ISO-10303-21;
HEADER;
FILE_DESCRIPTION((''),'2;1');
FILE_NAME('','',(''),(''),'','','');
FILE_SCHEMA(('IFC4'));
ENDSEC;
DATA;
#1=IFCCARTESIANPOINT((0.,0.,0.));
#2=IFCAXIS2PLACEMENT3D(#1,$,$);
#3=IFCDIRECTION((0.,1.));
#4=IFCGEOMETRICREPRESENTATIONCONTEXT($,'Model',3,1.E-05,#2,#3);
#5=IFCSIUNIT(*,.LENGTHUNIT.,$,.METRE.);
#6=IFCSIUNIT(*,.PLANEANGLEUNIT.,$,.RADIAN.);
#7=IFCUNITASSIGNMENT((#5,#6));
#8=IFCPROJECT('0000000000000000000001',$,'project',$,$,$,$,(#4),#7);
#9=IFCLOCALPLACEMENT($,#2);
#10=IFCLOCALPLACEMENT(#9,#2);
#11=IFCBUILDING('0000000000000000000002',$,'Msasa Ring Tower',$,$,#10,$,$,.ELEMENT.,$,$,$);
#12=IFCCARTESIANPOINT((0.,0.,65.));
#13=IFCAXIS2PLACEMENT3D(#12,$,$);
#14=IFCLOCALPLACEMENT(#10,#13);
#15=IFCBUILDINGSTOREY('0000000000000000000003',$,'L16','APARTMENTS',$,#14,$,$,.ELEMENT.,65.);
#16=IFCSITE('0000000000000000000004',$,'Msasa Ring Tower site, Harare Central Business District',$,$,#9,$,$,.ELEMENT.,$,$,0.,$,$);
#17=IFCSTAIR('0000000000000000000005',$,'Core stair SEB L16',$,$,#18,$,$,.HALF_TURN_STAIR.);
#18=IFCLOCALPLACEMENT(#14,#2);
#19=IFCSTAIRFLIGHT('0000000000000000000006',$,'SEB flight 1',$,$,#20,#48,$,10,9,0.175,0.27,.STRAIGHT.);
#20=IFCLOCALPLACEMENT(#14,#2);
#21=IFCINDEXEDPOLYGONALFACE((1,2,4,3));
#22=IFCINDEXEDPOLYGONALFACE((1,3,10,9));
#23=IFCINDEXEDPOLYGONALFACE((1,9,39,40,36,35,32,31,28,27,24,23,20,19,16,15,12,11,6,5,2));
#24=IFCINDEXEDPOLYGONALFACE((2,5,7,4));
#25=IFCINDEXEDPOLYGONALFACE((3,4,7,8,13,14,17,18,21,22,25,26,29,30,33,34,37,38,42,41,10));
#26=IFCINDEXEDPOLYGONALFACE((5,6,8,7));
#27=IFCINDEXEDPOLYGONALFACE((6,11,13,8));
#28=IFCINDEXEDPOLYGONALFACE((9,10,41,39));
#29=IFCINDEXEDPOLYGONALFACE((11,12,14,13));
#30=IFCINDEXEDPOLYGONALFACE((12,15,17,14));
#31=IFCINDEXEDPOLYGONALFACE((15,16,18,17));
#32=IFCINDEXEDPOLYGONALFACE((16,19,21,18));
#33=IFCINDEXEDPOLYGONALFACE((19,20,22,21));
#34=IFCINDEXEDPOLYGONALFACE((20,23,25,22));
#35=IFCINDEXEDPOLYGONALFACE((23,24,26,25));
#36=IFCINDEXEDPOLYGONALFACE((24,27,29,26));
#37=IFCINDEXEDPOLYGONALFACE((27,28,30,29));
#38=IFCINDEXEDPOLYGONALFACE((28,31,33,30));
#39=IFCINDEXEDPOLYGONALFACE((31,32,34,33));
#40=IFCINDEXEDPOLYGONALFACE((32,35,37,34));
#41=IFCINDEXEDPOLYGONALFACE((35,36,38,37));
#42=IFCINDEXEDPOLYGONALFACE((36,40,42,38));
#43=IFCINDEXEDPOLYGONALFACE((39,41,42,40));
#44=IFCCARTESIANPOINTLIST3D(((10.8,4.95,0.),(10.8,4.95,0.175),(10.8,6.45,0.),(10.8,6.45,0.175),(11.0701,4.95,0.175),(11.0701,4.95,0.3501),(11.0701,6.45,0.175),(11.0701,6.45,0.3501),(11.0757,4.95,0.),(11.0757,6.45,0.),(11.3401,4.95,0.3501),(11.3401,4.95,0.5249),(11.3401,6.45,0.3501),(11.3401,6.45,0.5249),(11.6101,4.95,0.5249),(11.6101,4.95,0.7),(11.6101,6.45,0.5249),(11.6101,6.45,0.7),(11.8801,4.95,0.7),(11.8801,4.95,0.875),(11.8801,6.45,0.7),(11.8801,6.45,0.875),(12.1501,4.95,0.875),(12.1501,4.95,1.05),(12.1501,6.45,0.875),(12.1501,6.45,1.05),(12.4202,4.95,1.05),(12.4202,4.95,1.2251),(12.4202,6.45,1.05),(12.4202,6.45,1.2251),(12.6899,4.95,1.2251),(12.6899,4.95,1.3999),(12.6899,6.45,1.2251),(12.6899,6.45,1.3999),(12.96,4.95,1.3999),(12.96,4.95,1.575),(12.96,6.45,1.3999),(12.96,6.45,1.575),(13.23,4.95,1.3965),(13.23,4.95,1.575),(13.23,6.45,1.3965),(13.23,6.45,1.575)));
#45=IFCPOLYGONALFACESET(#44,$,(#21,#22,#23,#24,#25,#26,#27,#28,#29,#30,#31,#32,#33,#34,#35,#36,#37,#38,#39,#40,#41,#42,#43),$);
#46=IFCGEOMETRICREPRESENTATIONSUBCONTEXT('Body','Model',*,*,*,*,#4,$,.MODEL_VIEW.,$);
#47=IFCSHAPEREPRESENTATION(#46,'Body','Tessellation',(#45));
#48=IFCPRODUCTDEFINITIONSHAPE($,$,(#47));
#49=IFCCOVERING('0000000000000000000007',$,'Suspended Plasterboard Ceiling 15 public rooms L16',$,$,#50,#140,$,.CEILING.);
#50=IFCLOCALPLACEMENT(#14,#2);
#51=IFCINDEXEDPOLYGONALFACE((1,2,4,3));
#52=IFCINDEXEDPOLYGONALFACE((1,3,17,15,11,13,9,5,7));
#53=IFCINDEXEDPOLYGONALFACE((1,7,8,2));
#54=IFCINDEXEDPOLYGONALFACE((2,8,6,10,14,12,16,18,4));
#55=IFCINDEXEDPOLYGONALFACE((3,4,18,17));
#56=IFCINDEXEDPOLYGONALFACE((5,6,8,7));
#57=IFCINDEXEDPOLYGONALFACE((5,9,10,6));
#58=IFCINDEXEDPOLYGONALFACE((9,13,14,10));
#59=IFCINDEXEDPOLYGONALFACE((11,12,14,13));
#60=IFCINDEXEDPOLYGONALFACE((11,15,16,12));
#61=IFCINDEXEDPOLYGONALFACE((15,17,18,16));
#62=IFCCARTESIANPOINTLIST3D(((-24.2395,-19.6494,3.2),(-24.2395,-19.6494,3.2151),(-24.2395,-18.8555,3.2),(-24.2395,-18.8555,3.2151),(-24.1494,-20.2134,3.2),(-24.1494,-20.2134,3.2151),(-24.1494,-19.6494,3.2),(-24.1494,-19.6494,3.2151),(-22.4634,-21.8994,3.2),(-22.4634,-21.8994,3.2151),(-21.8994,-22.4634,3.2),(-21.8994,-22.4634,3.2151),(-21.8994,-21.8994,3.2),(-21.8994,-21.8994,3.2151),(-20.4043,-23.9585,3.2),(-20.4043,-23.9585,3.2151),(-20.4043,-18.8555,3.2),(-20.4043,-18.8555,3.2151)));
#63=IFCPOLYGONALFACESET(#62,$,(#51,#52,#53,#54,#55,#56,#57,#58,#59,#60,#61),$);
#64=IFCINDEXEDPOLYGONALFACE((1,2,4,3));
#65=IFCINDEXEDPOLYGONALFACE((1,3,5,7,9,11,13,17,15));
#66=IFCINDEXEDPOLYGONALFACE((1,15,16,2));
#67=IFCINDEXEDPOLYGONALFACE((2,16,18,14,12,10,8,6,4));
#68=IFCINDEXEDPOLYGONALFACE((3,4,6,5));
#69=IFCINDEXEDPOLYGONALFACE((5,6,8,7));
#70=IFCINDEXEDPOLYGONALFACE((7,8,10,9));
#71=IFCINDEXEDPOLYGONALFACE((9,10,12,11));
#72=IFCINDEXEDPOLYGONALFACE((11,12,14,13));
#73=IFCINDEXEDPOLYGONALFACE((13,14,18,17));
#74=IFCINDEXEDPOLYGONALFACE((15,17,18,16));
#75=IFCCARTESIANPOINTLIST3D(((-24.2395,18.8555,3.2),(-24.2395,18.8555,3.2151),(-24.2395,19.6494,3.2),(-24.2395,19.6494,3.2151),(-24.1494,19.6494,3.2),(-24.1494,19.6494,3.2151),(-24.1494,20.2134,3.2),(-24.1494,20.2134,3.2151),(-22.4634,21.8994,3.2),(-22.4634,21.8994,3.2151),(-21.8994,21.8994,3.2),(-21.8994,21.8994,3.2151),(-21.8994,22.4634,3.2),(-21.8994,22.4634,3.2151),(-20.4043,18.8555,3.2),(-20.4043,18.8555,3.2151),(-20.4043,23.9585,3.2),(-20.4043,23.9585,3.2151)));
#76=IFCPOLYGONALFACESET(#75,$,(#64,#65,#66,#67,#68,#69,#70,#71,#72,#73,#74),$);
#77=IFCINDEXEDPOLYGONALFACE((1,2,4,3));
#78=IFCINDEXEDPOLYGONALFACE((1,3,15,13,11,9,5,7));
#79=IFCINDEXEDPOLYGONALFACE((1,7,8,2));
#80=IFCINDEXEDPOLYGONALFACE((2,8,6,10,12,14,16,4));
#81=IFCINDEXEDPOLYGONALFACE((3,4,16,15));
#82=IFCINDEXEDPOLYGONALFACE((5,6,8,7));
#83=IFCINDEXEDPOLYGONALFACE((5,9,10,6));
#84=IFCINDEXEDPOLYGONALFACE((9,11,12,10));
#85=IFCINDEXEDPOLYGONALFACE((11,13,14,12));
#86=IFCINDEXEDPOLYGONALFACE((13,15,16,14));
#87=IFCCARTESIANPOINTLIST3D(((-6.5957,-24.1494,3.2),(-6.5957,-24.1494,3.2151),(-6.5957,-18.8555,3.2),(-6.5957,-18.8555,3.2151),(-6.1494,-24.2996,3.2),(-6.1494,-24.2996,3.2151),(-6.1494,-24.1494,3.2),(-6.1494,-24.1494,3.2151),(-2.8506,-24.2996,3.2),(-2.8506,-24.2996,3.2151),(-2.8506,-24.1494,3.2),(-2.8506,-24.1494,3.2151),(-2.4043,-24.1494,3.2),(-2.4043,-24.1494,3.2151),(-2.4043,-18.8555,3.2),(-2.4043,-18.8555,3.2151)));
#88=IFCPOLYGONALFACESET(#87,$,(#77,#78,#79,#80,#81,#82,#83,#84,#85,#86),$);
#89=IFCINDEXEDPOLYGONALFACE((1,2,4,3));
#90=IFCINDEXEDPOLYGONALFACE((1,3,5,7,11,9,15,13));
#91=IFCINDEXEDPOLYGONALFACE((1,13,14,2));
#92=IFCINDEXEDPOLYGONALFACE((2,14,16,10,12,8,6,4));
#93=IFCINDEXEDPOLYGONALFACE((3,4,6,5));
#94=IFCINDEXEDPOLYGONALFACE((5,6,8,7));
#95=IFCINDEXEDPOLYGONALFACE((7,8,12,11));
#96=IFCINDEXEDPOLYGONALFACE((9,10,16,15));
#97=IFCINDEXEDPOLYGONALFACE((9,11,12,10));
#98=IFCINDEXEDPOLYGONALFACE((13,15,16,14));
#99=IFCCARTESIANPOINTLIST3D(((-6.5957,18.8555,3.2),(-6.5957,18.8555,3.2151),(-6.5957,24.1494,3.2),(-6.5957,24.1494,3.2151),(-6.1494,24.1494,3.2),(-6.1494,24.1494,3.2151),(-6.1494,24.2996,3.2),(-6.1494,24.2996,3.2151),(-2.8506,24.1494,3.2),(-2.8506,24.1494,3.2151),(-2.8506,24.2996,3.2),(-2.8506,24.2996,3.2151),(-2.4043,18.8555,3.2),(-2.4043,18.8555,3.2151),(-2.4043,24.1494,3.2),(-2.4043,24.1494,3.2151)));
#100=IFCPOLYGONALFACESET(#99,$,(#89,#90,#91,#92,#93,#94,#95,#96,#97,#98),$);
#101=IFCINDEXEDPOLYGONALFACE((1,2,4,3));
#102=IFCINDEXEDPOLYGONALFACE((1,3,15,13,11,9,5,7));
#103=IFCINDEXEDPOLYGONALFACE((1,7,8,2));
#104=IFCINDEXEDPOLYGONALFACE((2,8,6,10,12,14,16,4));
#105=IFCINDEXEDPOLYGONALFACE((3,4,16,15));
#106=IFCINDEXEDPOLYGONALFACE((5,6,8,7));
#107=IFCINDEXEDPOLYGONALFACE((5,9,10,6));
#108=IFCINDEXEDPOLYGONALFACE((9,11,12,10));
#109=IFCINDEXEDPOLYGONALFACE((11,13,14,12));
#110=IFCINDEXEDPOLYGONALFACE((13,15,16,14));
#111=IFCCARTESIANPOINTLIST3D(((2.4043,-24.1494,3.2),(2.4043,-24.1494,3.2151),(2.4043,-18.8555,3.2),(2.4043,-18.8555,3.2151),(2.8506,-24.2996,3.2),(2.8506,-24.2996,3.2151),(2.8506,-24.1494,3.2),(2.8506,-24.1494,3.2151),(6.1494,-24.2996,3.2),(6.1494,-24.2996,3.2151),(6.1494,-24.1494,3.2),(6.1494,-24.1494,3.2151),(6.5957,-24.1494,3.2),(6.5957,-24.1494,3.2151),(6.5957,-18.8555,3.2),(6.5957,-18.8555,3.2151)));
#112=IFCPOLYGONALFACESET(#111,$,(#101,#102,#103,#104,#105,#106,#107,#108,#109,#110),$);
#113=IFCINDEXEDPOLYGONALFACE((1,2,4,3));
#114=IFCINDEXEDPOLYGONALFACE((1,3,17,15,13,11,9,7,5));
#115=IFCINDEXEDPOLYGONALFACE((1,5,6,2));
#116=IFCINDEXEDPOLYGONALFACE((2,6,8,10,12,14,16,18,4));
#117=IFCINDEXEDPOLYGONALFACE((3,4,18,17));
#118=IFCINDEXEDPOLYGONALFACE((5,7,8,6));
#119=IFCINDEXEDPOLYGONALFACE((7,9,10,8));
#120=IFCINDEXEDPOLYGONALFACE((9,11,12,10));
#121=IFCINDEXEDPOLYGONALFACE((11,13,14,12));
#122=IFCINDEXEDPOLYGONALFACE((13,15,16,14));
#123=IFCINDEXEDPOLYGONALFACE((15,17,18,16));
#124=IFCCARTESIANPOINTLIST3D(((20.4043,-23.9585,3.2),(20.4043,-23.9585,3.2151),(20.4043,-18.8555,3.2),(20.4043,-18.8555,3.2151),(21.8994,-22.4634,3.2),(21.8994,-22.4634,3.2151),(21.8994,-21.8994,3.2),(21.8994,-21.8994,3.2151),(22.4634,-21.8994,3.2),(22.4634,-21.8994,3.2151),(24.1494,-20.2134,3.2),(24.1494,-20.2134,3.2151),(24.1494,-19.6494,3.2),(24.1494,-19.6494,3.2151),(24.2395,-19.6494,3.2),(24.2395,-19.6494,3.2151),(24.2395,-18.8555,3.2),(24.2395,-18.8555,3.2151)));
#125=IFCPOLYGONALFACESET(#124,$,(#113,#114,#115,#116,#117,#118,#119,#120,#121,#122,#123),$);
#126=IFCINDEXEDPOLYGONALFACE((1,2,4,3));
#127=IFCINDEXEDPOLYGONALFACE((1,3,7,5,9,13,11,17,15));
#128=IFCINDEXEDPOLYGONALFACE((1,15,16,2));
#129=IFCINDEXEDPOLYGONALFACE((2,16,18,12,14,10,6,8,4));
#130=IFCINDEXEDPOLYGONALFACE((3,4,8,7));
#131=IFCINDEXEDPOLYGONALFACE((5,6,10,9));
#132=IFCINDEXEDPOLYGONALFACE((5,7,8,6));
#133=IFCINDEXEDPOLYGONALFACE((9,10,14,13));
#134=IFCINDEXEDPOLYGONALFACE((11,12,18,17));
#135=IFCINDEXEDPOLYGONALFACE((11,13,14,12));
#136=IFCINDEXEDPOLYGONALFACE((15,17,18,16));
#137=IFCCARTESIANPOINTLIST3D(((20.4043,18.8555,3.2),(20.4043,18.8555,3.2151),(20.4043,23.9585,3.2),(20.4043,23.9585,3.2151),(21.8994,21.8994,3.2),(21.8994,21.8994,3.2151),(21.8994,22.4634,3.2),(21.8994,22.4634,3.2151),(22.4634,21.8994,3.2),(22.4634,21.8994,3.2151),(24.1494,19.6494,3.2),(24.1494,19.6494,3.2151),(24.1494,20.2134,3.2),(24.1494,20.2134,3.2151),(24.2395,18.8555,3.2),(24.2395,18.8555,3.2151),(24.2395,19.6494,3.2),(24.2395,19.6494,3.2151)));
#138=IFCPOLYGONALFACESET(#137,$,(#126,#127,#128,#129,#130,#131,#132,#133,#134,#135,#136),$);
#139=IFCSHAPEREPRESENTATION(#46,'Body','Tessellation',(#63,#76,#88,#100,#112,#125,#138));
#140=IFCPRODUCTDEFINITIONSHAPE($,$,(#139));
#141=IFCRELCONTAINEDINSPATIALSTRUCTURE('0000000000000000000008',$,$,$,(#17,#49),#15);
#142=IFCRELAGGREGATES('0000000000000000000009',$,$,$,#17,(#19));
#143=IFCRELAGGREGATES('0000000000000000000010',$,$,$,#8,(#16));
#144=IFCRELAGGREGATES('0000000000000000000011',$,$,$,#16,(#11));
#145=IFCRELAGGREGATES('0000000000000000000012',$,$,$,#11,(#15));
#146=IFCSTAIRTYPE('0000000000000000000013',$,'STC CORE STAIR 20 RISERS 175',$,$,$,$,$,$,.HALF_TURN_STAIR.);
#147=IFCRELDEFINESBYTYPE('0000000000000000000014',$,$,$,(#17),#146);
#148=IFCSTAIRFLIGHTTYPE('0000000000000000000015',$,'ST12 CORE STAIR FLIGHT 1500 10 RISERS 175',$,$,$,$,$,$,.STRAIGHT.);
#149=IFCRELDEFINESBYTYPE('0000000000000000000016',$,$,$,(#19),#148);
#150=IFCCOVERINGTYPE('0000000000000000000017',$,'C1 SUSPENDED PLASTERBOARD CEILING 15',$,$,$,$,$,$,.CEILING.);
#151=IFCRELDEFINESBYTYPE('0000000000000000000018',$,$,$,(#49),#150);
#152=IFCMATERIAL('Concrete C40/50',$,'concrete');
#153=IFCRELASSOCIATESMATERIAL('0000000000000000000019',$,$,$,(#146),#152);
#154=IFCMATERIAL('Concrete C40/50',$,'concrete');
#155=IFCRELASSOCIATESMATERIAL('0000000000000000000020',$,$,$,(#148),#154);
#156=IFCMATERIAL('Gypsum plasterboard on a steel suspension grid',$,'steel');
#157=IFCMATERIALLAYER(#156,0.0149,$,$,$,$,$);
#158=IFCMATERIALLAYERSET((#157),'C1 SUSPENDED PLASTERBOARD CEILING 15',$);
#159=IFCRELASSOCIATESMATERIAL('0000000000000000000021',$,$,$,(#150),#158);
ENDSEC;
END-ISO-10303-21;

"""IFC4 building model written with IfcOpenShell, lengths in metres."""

from ifc_helpers import new_model, si_unit, direction, frame, origin, place, context, subcontext, project, spatial, polyline, line, indexed_curve, outline, extrude, material, layer, layer_set, type_object, element, aggregate, save


model = new_model("IFC4")

# Units and contexts
model_context = context("Model", 3, precision=1e-05, world=origin(), true_north=direction((0.0, 1.0)))
body_context = subcontext(model_context, "Body", "Model", "MODEL_VIEW")
ifc_project = project(units=[si_unit("LENGTHUNIT", "METRE"), si_unit("PLANEANGLEUNIT", "RADIAN")], contexts=[model_context])

# Site, building, storey
site_placement = place(None, origin())
site = spatial("IfcSite", under=ifc_project, at=site_placement, Name="Msasa Ring Tower site, Harare Central Business District", CompositionType="ELEMENT", RefElevation=0.0)
building_placement = place(site_placement, origin())
building = spatial("IfcBuilding", under=site, at=building_placement, Name="Msasa Ring Tower", CompositionType="ELEMENT")
storey_placement = place(building_placement, frame((0.0, 0.0, 65.0)))
storey = spatial("IfcBuildingStorey", under=building, at=storey_placement, Name="L16", Description="APARTMENTS", CompositionType="ELEMENT", Elevation=65.0)

# Shared definitions
ifc_material_1 = material(Name="Concrete C40/50", Category="concrete")
stair_type = type_object("IfcStairType", Name="STC CORE STAIR 20 RISERS 175", PredefinedType="HALF_TURN_STAIR", material=ifc_material_1)

# Stair, stair flight
stair_1_placement = place(storey_placement, origin())
stair_1 = element("IfcStair", 1, at=stair_1_placement, inside=storey, type_object=stair_type, Name="Core stair SEB L16", PredefinedType="HALF_TURN_STAIR")
ifc_material_2 = material(Name="Concrete C40/50", Category="concrete")
stair_flight_type = type_object("IfcStairFlightType", Name="ST12 CORE STAIR FLIGHT 1500 10 RISERS 175", PredefinedType="STRAIGHT", material=ifc_material_2)
stair_flight_placement = place(storey_placement, frame((10.8, 5.7, 0.0), z_axis=(0.0, 0.0, 1.0), x_axis=(1.0, 0.0, 0.0)))
stair_flight = element("IfcStairFlight", 2, at=stair_flight_placement, type_object=stair_flight_type, Name="SEB flight 1", NumberOfRisers=10, NumberOfTreads=9, PredefinedType="STRAIGHT", RiserHeight=0.175, TreadLength=0.27, context=body_context, shape_type="SweptSolid", body=[
    extrude(outline(polyline([(0.0, 0.0), (0.0, 0.175), (0.27, 0.175), (0.27, 0.3501), (0.54, 0.3501), (0.54, 0.5249), (0.8101, 0.5249), (0.8101, 0.7), (1.0801, 0.7), (1.0801, 0.875), (1.3501, 0.875), (1.3501, 1.05), (1.6201, 1.05), (1.6201, 1.2251), (1.8899, 1.2251), (1.8899, 1.3999), (2.1599, 1.3999), (2.1599, 1.575), (2.4299, 1.575), (2.4299, 1.75), (2.4299, 1.3965), (0.2756, 0.0), (0.0, 0.0)])), frame((0.0, 0.75, 0.0), z_axis=(0.0, -1.0, 0.0), x_axis=(1.0, 0.0, 0.0)), (0.0, 0.0, 1.0), 1.5),
])
aggregate(stair_1, [stair_flight])

# Covering
ifc_material_3 = material(Name="Gypsum plasterboard on a steel suspension grid", Category="steel")
ifc_layer_1 = layer(ifc_material_3, 0.0149)
ifc_layer_set_1 = layer_set([ifc_layer_1], Name="C1 SUSPENDED PLASTERBOARD CEILING 15")
covering_type_1 = type_object("IfcCoveringType", Name="C1 SUSPENDED PLASTERBOARD CEILING 15", PredefinedType="CEILING", material=ifc_layer_set_1)
covering_1_placement = place(storey_placement, frame((0.0, 0.0, 3.2)))
element("IfcCovering", 3, at=covering_1_placement, inside=storey, type_object=covering_type_1, Name="Suspended Plasterboard Ceiling 15 public rooms L16", PredefinedType="CEILING", context=body_context, shape_type="SweptSolid", body=[
    extrude(outline(indexed_curve([(-24.2395, -18.8555), (-20.4043, -18.8555), (-20.4043, -23.9585), (-21.8994, -22.4634), (-21.8994, -21.8994), (-22.4634, -21.8994), (-24.1494, -20.2134), (-24.1494, -19.6494), (-24.2395, -19.6494)], segments=[line(1, 2, 3, 4, 5, 6, 7, 8, 9, 1)], self_intersect=False)), origin(), (0.0, 0.0, 1.0), 0.0151),
    extrude(outline(indexed_curve([(-24.2395, 18.8555), (-24.2395, 19.6494), (-24.1494, 19.6494), (-24.1494, 20.2134), (-22.4634, 21.8994), (-21.8994, 21.8994), (-21.8994, 22.4634), (-20.4043, 23.9585), (-20.4043, 18.8555)], segments=[line(1, 2, 3, 4, 5, 6, 7, 8, 9, 1)], self_intersect=False)), origin(), (0.0, 0.0, 1.0), 0.0151),
    extrude(outline(indexed_curve([(-6.1494, -24.2996), (-6.1494, -24.1494), (-6.5957, -24.1494), (-6.5957, -18.8555), (-2.4043, -18.8555), (-2.4043, -24.1494), (-2.8506, -24.1494), (-2.8506, -24.2996)], segments=[line(1, 2, 3, 4, 5, 6, 7, 8, 1)], self_intersect=False)), origin(), (0.0, 0.0, 1.0), 0.0151),
    extrude(outline(indexed_curve([(-6.5957, 18.8555), (-6.5957, 24.1494), (-6.1494, 24.1494), (-6.1494, 24.2996), (-2.8506, 24.2996), (-2.8506, 24.1494), (-2.4043, 24.1494), (-2.4043, 18.8555)], segments=[line(1, 2, 3, 4, 5, 6, 7, 8, 1)], self_intersect=False)), origin(), (0.0, 0.0, 1.0), 0.0151),
    extrude(outline(indexed_curve([(6.5957, -18.8555), (6.5957, -24.1494), (6.1494, -24.1494), (6.1494, -24.2996), (2.8506, -24.2996), (2.8506, -24.1494), (2.4043, -24.1494), (2.4043, -18.8555)], segments=[line(1, 2, 3, 4, 5, 6, 7, 8, 1)], self_intersect=False)), origin(), (0.0, 0.0, 1.0), 0.0151),
    extrude(outline(indexed_curve([(24.2395, -18.8555), (24.2395, -19.6494), (24.1494, -19.6494), (24.1494, -20.2134), (22.4634, -21.8994), (21.8994, -21.8994), (21.8994, -22.4634), (20.4043, -23.9585), (20.4043, -18.8555)], segments=[line(1, 2, 3, 4, 5, 6, 7, 8, 9, 1)], self_intersect=False)), origin(), (0.0, 0.0, 1.0), 0.0151),
    extrude(outline(indexed_curve([(24.2395, 18.8555), (20.4043, 18.8555), (20.4043, 23.9585), (21.8994, 22.4634), (21.8994, 21.8994), (22.4634, 21.8994), (24.1494, 20.2134), (24.1494, 19.6494), (24.2395, 19.6494)], segments=[line(1, 2, 3, 4, 5, 6, 7, 8, 9, 1)], self_intersect=False)), origin(), (0.0, 0.0, 1.0), 0.0151),
])

save(model, "model.ifc")
